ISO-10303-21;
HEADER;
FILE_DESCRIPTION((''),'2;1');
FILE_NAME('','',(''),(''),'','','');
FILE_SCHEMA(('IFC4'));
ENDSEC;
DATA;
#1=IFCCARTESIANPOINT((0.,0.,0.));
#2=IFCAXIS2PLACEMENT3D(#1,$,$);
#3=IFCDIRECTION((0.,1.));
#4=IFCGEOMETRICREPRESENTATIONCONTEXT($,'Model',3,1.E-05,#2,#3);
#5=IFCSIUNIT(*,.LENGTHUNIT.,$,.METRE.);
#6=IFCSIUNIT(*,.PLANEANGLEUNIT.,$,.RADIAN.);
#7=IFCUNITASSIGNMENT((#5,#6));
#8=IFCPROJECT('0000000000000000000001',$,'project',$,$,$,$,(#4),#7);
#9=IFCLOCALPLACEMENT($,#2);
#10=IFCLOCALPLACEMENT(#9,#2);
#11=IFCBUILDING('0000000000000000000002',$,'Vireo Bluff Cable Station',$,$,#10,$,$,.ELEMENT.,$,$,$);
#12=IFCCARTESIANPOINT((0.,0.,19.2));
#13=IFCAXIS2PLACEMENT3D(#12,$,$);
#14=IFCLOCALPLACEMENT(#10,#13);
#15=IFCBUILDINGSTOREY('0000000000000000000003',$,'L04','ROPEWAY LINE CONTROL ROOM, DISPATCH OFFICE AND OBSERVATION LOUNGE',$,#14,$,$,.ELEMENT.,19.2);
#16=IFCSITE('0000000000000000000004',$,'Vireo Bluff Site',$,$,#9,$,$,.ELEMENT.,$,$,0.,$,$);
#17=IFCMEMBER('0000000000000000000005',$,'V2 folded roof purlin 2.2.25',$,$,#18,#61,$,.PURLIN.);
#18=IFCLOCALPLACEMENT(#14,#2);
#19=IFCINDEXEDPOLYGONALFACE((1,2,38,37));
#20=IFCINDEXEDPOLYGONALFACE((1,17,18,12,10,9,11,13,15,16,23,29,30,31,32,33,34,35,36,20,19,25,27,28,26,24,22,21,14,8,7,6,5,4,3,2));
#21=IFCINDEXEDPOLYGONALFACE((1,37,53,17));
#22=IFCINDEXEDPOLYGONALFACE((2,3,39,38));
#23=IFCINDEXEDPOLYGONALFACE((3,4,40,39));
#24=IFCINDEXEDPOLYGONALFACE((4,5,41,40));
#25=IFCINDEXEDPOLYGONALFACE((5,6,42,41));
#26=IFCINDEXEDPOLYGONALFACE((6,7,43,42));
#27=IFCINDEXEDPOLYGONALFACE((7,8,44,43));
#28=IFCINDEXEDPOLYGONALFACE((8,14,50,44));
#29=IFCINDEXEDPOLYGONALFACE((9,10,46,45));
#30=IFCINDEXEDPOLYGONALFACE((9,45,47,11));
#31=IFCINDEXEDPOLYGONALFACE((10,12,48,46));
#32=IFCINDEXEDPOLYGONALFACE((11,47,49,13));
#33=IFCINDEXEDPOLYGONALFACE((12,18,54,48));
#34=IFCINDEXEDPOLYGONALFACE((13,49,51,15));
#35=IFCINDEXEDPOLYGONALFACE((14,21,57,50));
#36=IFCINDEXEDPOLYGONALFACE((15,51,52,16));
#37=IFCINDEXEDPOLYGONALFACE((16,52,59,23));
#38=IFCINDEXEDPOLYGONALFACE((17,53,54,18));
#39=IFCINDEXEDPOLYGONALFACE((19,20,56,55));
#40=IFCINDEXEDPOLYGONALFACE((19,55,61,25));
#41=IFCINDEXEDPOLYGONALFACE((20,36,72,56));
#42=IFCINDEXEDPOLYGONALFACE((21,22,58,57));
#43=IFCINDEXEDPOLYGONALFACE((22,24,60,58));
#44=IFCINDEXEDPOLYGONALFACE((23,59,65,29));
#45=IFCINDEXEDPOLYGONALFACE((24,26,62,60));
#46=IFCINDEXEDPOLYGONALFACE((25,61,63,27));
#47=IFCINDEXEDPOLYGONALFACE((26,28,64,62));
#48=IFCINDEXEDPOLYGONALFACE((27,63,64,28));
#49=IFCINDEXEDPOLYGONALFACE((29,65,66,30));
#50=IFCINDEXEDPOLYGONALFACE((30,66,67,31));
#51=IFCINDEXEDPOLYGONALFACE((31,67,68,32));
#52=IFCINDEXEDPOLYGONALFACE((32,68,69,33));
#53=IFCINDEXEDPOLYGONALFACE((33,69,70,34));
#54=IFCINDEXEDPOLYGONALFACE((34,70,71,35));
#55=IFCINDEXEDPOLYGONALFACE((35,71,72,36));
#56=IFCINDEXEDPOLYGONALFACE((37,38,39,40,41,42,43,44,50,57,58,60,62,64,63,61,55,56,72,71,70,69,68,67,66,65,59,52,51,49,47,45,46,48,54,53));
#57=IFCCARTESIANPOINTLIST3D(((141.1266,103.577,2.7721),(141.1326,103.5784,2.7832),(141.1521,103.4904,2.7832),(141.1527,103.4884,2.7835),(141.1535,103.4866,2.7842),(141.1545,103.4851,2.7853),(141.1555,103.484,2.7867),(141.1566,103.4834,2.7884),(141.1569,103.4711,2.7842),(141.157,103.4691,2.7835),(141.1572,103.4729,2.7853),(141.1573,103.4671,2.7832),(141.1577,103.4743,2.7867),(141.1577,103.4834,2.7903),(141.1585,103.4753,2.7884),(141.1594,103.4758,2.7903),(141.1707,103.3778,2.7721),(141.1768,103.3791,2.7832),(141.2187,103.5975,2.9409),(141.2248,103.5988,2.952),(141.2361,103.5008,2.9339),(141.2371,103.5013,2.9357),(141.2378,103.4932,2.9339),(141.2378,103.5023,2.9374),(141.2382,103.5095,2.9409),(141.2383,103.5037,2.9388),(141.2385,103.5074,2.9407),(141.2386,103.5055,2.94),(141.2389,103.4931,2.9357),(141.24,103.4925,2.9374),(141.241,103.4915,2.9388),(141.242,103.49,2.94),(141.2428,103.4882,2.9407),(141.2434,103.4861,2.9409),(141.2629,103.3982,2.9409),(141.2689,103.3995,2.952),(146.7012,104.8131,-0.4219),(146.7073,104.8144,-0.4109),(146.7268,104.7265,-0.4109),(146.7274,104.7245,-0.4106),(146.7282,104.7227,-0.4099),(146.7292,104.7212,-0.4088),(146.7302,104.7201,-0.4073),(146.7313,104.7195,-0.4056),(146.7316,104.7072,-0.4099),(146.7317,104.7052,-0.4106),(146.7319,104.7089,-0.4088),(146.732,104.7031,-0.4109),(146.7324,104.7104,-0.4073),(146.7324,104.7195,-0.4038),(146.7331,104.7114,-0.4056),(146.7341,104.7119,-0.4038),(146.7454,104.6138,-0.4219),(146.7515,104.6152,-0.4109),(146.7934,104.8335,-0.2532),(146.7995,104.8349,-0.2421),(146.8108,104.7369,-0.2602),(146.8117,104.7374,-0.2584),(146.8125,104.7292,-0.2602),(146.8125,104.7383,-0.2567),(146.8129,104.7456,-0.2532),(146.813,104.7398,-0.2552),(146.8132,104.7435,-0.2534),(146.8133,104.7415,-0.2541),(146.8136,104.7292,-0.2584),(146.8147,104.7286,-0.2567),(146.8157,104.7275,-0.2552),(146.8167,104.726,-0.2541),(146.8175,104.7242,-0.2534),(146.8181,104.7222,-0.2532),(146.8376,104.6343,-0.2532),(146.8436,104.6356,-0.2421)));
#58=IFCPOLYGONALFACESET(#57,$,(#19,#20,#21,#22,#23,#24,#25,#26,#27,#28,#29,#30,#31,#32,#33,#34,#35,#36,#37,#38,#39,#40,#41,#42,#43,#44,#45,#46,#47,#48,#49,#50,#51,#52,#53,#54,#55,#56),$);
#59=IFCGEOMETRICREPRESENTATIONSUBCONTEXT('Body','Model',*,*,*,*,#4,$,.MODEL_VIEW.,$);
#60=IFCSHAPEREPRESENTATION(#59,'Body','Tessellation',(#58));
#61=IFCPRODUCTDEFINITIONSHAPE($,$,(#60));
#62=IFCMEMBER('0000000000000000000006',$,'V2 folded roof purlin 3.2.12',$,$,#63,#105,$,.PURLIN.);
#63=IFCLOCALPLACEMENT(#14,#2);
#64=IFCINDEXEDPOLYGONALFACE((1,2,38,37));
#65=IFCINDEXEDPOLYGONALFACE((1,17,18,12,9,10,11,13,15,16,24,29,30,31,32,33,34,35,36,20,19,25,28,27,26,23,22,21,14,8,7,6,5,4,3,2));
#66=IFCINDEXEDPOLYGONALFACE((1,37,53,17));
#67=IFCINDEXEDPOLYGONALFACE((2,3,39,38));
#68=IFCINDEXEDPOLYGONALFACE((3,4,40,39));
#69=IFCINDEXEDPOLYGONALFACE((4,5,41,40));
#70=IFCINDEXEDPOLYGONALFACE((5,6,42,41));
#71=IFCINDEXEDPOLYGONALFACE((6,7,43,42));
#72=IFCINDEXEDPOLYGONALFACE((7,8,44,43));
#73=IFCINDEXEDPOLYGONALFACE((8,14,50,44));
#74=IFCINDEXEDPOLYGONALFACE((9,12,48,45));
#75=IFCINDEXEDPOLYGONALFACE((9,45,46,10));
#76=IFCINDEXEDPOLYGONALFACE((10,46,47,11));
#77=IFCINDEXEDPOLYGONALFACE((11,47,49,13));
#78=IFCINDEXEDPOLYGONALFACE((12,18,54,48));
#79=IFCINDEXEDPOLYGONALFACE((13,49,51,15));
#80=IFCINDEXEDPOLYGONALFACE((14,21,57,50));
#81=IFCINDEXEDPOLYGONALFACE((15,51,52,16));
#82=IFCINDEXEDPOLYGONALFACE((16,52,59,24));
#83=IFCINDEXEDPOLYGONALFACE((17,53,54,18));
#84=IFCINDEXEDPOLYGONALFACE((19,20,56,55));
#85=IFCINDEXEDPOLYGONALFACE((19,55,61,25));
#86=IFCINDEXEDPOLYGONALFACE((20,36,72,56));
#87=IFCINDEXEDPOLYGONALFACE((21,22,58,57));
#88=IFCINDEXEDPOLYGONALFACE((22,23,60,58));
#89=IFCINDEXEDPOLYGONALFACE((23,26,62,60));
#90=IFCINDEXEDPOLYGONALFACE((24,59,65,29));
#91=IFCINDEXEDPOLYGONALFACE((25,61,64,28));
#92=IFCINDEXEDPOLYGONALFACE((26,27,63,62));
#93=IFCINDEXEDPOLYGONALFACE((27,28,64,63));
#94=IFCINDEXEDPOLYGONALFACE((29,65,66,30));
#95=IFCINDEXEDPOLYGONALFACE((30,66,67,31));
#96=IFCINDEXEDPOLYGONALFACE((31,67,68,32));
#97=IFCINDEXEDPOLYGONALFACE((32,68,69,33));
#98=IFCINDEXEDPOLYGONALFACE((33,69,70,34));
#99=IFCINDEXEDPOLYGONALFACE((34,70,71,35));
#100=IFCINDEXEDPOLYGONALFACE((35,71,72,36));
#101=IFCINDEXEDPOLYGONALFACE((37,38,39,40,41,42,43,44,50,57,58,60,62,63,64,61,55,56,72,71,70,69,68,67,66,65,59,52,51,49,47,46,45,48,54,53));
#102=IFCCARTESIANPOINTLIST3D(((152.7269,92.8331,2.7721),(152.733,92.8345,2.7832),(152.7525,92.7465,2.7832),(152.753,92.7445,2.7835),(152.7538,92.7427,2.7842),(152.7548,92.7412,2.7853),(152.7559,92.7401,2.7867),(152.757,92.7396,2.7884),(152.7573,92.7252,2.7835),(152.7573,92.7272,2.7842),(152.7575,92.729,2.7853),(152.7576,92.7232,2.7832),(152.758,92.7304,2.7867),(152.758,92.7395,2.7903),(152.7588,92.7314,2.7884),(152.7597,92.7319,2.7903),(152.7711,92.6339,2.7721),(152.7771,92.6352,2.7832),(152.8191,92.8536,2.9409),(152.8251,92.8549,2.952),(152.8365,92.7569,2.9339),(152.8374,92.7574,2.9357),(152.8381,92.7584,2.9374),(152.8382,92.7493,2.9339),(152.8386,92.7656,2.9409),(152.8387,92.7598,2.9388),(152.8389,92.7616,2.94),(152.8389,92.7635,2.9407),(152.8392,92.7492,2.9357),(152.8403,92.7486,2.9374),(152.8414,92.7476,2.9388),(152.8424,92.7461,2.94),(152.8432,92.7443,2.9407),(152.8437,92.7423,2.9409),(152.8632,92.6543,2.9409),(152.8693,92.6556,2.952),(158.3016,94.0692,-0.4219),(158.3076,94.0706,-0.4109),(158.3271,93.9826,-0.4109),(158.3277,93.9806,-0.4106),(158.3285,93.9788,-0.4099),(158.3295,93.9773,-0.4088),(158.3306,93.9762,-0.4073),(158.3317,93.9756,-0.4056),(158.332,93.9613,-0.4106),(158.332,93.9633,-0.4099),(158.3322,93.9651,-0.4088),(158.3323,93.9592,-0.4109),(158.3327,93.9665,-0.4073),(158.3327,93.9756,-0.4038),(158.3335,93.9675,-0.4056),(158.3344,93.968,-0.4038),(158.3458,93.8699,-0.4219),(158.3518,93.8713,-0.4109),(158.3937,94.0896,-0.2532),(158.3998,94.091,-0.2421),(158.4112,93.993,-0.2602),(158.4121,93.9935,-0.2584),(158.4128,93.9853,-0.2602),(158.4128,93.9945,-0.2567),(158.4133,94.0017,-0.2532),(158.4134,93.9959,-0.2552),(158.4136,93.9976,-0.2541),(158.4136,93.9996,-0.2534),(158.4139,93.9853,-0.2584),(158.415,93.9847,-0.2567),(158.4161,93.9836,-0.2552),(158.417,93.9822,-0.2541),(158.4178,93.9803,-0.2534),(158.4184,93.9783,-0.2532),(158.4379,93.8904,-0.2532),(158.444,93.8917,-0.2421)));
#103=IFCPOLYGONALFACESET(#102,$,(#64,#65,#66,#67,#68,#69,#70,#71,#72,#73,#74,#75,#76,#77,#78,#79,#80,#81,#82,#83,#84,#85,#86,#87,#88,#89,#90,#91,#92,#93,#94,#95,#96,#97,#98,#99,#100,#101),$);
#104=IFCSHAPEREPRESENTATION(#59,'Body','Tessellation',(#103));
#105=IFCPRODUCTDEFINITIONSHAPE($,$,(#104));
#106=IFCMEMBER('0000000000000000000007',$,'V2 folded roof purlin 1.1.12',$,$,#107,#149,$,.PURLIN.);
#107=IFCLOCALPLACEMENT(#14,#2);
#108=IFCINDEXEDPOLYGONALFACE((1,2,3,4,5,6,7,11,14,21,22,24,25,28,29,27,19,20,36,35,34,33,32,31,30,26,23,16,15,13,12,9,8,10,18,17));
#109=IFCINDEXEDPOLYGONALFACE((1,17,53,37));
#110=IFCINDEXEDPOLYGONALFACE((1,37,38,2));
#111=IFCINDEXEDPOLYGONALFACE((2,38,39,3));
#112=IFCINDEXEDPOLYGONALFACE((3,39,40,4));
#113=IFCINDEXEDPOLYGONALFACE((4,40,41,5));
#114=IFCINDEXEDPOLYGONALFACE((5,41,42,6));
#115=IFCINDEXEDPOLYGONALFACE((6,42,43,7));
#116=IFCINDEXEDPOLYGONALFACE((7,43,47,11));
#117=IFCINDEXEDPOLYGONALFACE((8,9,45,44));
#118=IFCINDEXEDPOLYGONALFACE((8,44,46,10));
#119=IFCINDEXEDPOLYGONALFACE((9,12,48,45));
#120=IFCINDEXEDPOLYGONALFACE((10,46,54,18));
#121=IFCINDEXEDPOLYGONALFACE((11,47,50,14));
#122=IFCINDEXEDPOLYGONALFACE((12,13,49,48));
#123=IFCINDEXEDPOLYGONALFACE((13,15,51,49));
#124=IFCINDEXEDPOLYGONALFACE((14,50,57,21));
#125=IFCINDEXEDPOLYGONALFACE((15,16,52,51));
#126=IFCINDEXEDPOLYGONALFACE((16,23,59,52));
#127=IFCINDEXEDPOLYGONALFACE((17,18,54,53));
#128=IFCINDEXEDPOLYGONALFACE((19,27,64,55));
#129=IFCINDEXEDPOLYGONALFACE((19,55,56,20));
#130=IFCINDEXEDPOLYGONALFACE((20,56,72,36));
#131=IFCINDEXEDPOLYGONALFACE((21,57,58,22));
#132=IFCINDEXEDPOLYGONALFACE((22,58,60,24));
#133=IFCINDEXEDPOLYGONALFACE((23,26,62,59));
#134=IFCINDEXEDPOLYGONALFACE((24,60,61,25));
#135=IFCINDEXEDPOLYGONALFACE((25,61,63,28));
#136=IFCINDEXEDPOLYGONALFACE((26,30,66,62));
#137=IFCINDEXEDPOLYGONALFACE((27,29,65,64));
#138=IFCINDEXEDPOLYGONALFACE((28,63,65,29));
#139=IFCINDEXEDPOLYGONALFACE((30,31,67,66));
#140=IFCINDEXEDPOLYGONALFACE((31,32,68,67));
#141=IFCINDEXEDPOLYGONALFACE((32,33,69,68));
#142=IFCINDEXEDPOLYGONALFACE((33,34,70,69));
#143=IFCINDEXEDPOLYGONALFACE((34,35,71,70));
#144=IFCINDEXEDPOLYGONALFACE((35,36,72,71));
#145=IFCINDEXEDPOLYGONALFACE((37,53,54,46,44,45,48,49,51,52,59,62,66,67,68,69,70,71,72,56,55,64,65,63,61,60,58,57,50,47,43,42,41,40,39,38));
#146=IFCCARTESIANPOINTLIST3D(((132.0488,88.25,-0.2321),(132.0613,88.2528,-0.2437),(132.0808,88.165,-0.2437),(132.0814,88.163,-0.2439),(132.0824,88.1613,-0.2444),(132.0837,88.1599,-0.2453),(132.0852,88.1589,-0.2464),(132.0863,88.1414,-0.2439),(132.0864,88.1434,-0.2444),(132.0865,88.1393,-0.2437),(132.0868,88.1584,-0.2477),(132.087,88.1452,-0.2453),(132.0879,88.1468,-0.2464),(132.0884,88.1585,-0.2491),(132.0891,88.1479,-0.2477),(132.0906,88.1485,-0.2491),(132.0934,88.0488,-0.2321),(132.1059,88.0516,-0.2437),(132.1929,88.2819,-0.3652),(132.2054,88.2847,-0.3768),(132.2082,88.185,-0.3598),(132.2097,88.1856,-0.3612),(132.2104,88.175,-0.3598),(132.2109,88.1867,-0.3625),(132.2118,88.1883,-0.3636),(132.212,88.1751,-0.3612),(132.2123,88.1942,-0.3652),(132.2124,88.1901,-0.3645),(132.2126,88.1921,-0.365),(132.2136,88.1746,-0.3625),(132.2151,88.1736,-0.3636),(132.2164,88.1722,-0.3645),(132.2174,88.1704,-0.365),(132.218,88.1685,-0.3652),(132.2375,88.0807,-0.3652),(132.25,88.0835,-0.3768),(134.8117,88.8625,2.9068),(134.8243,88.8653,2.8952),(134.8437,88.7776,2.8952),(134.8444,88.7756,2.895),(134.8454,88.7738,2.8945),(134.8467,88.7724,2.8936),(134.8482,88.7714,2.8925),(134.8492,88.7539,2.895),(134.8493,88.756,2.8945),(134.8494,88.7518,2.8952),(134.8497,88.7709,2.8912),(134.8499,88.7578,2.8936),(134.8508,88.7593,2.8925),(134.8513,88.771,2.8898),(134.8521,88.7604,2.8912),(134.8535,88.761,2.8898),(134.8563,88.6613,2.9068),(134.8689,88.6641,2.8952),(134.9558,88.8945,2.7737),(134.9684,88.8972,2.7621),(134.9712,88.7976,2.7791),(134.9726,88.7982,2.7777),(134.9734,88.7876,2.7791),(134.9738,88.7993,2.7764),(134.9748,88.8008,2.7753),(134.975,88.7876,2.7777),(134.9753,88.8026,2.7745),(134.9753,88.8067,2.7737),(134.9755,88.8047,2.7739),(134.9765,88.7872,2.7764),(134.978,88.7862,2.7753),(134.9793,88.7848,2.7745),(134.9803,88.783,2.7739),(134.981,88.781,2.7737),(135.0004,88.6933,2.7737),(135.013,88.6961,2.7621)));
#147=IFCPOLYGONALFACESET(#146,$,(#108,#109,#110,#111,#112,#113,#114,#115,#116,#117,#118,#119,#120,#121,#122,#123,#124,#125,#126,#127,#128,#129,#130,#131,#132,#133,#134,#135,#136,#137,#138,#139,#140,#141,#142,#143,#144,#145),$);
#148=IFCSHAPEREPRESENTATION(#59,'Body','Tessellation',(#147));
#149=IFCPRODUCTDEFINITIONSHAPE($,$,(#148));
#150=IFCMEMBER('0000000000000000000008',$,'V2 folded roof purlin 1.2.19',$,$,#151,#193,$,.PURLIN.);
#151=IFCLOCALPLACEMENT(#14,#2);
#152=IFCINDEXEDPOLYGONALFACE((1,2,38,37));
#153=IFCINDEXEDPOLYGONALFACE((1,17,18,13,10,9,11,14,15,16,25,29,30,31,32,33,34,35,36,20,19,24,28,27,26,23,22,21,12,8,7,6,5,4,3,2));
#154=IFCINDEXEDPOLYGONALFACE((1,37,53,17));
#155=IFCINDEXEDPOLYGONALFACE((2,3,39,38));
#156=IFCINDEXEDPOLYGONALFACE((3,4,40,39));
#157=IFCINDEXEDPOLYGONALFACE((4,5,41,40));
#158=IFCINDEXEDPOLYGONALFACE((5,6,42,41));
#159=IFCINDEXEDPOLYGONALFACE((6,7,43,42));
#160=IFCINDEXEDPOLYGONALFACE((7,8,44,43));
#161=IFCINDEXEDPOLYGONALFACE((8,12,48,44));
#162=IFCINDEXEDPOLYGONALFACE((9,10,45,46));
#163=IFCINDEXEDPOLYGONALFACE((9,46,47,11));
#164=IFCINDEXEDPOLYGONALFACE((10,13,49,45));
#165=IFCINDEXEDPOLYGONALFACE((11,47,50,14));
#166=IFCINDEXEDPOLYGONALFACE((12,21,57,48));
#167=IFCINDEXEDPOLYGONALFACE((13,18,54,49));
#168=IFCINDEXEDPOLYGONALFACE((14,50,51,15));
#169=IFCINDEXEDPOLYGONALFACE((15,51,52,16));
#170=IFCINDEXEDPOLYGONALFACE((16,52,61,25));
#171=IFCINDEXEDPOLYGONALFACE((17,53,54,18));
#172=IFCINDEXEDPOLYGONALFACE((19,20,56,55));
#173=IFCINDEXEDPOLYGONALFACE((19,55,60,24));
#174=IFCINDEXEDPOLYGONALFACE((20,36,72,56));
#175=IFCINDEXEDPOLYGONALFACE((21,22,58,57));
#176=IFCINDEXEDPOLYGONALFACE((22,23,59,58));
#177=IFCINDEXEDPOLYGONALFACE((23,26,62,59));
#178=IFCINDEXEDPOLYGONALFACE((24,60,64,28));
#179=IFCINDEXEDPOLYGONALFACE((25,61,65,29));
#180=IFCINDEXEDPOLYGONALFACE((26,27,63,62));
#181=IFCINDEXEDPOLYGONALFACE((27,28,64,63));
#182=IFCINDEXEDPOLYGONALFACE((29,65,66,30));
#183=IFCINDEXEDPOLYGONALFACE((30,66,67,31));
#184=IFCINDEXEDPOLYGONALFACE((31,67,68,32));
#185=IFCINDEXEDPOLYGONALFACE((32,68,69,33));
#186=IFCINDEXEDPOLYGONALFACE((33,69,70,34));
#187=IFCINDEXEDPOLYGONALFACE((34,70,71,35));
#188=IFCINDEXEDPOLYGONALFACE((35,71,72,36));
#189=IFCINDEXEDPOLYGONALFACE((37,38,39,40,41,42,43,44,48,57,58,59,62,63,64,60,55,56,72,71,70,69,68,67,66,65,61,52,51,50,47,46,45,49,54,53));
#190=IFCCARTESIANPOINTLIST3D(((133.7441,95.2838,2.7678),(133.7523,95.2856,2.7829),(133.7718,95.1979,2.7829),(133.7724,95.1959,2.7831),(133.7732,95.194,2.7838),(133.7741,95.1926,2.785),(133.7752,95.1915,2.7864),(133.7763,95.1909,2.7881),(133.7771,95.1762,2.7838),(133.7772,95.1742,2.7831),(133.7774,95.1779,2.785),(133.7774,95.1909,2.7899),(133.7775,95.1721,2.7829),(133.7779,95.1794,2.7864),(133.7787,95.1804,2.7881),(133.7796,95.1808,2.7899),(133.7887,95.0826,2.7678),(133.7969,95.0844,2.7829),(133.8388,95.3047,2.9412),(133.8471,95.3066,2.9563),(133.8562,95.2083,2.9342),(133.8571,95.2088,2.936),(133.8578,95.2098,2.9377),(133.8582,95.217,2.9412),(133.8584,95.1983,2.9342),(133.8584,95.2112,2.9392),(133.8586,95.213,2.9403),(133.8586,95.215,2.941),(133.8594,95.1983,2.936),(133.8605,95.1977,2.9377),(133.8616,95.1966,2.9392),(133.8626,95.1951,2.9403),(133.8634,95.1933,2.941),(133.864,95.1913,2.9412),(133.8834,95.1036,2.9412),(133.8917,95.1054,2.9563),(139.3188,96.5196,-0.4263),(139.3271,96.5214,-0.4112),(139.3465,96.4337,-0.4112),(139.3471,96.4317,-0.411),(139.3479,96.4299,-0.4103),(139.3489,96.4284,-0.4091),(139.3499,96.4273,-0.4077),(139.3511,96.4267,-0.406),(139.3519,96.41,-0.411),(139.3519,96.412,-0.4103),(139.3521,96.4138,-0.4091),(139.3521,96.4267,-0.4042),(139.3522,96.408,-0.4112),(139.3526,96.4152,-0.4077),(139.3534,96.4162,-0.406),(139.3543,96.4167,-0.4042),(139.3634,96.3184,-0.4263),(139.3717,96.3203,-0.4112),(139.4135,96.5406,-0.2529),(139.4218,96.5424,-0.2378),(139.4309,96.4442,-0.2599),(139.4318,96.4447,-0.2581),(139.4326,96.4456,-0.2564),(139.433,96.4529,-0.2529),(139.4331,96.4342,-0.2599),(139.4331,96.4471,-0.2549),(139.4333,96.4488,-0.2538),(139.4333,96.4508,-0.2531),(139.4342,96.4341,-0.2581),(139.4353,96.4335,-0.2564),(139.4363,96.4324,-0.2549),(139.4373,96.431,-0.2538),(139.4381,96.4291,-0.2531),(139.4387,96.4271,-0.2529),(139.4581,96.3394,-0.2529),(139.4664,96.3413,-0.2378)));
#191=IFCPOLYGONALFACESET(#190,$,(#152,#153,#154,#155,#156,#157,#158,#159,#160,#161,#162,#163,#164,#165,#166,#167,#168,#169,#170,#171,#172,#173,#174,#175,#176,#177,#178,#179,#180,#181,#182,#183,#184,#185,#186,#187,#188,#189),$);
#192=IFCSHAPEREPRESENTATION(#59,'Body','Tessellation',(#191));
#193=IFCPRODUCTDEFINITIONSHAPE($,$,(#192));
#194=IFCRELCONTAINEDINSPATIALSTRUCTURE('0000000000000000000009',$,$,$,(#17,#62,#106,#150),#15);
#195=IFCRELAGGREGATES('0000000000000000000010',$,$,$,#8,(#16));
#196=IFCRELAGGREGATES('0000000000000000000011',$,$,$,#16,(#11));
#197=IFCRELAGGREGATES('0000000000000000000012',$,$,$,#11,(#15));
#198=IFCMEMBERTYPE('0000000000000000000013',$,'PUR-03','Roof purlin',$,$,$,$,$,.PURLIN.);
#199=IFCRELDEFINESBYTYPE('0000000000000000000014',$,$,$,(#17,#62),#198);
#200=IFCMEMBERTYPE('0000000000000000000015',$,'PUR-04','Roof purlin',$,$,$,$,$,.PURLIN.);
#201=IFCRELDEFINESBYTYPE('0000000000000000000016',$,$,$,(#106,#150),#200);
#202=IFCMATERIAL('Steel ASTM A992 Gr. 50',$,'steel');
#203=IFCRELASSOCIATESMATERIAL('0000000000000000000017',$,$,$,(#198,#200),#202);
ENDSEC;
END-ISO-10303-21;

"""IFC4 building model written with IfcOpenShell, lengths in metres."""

from ifc_helpers import new_model, si_unit, direction, frame, origin, origin_2d, place, context, subcontext, project, spatial, i_section, extrude, material, material_profile, profile_set, type_object, element, save


model = new_model("IFC4")

# Units and contexts
model_context = context("Model", 3, precision=1e-05, world=origin(), true_north=direction((0.0, 1.0)))
body_context = subcontext(model_context, "Body", "Model", "MODEL_VIEW")
ifc_project = project(units=[si_unit("LENGTHUNIT", "METRE"), si_unit("PLANEANGLEUNIT", "RADIAN")], contexts=[model_context])

# Site, building, storey
site_placement = place(None, origin())
site = spatial("IfcSite", under=ifc_project, at=site_placement, Name="Vireo Bluff Site", CompositionType="ELEMENT", RefElevation=0.0)
building_placement = place(site_placement, origin())
building = spatial("IfcBuilding", under=site, at=building_placement, Name="Vireo Bluff Cable Station", CompositionType="ELEMENT")
storey_placement = place(building_placement, frame((0.0, 0.0, 19.2)))
storey = spatial("IfcBuildingStorey", under=building, at=storey_placement, Name="L04", Description="ROPEWAY LINE CONTROL ROOM, DISPATCH OFFICE AND OBSERVATION LOUNGE", CompositionType="ELEMENT", Elevation=19.2)

# Shared definitions
ifc_material_1 = material(Name="Steel ASTM A992 Gr. 50", Category="steel")

# Members
ifc_material_profile_1 = material_profile(ifc_material_1, i_section(OverallWidth=0.2041, OverallDepth=0.2061, WebThickness=0.0078, FlangeThickness=0.0127, FilletRadius=0.0081, at=origin_2d()), Name="W8X35")
ifc_profile_set_1 = profile_set([ifc_material_profile_1], Name="Steel ASTM A992 Gr. 50")
member_type_1 = type_object("IfcMemberType", Name="PUR-03", Description="Roof purlin", PredefinedType="PURLIN", material=ifc_profile_set_1)
for number, where, z_axis, x_axis, name in (
    (1, (141.1978, 103.4883, 2.8621), (0.852044, 0.188924, -0.488188), (-0.216473, 0.976289, 0.0), "V2 folded roof purlin 2.2.25"),
    (2, (152.7981, 92.7444, 2.8621), (0.852044, 0.188924, -0.488188), (-0.216473, 0.976289, 0.0), "V2 folded roof purlin 3.2.12"),
):
    element("IfcMember", number, at=place(storey_placement, frame(where, z_axis=z_axis, x_axis=x_axis)), inside=storey, type_object=member_type_1, Name=name, PredefinedType="PURLIN", context=body_context, shape_type="SweptSolid", body=[
        extrude(i_section(OverallWidth=0.2041, OverallDepth=0.2061, WebThickness=0.0078, FlangeThickness=0.0127, FilletRadius=0.0081, at=origin_2d()), origin(), (0.0, 0.0, 1.0), 6.5427),
    ])
ifc_material_profile_2 = material_profile(ifc_material_1, i_section(OverallWidth=0.2061, OverallDepth=0.2161, WebThickness=0.0103, FlangeThickness=0.0173, FilletRadius=0.0081, at=origin_2d()), Name="W8X48")
ifc_profile_set_2 = profile_set([ifc_material_profile_2], Name="Steel ASTM A992 Gr. 50")
member_type_2 = type_object("IfcMemberType", Name="PUR-04", Description="Roof purlin", PredefinedType="PURLIN", material=ifc_profile_set_2)
member_1_placement = place(storey_placement, frame((132.1494, 88.1667, -0.3044), z_axis=(0.653745, 0.144936, 0.742705), x_axis=(-0.216446, 0.976295, 0.0)))
element("IfcMember", 3, at=member_1_placement, inside=storey, type_object=member_type_2, Name="V2 folded roof purlin 1.1.12", PredefinedType="PURLIN", context=body_context, shape_type="SweptSolid", body=[
    extrude(i_section(OverallWidth=0.2061, OverallDepth=0.2161, WebThickness=0.0103, FlangeThickness=0.0173, FilletRadius=0.0081, at=origin_2d()), origin(), (0.0, 0.0, 1.0), 4.2263),
])
member_2_placement = place(storey_placement, frame((133.8179, 95.1946, 2.8621), z_axis=(0.85205, 0.188888, -0.488192), x_axis=(-0.216432, 0.976298, 0.0)))
element("IfcMember", 4, at=member_2_placement, inside=storey, type_object=member_type_2, Name="V2 folded roof purlin 1.2.19", PredefinedType="PURLIN", context=body_context, shape_type="SweptSolid", body=[
    extrude(i_section(OverallWidth=0.2061, OverallDepth=0.2161, WebThickness=0.0103, FlangeThickness=0.0173, FilletRadius=0.0081, at=origin_2d()), origin(), (0.0, 0.0, 1.0), 6.5427),
])

save(model, "model.ifc")
